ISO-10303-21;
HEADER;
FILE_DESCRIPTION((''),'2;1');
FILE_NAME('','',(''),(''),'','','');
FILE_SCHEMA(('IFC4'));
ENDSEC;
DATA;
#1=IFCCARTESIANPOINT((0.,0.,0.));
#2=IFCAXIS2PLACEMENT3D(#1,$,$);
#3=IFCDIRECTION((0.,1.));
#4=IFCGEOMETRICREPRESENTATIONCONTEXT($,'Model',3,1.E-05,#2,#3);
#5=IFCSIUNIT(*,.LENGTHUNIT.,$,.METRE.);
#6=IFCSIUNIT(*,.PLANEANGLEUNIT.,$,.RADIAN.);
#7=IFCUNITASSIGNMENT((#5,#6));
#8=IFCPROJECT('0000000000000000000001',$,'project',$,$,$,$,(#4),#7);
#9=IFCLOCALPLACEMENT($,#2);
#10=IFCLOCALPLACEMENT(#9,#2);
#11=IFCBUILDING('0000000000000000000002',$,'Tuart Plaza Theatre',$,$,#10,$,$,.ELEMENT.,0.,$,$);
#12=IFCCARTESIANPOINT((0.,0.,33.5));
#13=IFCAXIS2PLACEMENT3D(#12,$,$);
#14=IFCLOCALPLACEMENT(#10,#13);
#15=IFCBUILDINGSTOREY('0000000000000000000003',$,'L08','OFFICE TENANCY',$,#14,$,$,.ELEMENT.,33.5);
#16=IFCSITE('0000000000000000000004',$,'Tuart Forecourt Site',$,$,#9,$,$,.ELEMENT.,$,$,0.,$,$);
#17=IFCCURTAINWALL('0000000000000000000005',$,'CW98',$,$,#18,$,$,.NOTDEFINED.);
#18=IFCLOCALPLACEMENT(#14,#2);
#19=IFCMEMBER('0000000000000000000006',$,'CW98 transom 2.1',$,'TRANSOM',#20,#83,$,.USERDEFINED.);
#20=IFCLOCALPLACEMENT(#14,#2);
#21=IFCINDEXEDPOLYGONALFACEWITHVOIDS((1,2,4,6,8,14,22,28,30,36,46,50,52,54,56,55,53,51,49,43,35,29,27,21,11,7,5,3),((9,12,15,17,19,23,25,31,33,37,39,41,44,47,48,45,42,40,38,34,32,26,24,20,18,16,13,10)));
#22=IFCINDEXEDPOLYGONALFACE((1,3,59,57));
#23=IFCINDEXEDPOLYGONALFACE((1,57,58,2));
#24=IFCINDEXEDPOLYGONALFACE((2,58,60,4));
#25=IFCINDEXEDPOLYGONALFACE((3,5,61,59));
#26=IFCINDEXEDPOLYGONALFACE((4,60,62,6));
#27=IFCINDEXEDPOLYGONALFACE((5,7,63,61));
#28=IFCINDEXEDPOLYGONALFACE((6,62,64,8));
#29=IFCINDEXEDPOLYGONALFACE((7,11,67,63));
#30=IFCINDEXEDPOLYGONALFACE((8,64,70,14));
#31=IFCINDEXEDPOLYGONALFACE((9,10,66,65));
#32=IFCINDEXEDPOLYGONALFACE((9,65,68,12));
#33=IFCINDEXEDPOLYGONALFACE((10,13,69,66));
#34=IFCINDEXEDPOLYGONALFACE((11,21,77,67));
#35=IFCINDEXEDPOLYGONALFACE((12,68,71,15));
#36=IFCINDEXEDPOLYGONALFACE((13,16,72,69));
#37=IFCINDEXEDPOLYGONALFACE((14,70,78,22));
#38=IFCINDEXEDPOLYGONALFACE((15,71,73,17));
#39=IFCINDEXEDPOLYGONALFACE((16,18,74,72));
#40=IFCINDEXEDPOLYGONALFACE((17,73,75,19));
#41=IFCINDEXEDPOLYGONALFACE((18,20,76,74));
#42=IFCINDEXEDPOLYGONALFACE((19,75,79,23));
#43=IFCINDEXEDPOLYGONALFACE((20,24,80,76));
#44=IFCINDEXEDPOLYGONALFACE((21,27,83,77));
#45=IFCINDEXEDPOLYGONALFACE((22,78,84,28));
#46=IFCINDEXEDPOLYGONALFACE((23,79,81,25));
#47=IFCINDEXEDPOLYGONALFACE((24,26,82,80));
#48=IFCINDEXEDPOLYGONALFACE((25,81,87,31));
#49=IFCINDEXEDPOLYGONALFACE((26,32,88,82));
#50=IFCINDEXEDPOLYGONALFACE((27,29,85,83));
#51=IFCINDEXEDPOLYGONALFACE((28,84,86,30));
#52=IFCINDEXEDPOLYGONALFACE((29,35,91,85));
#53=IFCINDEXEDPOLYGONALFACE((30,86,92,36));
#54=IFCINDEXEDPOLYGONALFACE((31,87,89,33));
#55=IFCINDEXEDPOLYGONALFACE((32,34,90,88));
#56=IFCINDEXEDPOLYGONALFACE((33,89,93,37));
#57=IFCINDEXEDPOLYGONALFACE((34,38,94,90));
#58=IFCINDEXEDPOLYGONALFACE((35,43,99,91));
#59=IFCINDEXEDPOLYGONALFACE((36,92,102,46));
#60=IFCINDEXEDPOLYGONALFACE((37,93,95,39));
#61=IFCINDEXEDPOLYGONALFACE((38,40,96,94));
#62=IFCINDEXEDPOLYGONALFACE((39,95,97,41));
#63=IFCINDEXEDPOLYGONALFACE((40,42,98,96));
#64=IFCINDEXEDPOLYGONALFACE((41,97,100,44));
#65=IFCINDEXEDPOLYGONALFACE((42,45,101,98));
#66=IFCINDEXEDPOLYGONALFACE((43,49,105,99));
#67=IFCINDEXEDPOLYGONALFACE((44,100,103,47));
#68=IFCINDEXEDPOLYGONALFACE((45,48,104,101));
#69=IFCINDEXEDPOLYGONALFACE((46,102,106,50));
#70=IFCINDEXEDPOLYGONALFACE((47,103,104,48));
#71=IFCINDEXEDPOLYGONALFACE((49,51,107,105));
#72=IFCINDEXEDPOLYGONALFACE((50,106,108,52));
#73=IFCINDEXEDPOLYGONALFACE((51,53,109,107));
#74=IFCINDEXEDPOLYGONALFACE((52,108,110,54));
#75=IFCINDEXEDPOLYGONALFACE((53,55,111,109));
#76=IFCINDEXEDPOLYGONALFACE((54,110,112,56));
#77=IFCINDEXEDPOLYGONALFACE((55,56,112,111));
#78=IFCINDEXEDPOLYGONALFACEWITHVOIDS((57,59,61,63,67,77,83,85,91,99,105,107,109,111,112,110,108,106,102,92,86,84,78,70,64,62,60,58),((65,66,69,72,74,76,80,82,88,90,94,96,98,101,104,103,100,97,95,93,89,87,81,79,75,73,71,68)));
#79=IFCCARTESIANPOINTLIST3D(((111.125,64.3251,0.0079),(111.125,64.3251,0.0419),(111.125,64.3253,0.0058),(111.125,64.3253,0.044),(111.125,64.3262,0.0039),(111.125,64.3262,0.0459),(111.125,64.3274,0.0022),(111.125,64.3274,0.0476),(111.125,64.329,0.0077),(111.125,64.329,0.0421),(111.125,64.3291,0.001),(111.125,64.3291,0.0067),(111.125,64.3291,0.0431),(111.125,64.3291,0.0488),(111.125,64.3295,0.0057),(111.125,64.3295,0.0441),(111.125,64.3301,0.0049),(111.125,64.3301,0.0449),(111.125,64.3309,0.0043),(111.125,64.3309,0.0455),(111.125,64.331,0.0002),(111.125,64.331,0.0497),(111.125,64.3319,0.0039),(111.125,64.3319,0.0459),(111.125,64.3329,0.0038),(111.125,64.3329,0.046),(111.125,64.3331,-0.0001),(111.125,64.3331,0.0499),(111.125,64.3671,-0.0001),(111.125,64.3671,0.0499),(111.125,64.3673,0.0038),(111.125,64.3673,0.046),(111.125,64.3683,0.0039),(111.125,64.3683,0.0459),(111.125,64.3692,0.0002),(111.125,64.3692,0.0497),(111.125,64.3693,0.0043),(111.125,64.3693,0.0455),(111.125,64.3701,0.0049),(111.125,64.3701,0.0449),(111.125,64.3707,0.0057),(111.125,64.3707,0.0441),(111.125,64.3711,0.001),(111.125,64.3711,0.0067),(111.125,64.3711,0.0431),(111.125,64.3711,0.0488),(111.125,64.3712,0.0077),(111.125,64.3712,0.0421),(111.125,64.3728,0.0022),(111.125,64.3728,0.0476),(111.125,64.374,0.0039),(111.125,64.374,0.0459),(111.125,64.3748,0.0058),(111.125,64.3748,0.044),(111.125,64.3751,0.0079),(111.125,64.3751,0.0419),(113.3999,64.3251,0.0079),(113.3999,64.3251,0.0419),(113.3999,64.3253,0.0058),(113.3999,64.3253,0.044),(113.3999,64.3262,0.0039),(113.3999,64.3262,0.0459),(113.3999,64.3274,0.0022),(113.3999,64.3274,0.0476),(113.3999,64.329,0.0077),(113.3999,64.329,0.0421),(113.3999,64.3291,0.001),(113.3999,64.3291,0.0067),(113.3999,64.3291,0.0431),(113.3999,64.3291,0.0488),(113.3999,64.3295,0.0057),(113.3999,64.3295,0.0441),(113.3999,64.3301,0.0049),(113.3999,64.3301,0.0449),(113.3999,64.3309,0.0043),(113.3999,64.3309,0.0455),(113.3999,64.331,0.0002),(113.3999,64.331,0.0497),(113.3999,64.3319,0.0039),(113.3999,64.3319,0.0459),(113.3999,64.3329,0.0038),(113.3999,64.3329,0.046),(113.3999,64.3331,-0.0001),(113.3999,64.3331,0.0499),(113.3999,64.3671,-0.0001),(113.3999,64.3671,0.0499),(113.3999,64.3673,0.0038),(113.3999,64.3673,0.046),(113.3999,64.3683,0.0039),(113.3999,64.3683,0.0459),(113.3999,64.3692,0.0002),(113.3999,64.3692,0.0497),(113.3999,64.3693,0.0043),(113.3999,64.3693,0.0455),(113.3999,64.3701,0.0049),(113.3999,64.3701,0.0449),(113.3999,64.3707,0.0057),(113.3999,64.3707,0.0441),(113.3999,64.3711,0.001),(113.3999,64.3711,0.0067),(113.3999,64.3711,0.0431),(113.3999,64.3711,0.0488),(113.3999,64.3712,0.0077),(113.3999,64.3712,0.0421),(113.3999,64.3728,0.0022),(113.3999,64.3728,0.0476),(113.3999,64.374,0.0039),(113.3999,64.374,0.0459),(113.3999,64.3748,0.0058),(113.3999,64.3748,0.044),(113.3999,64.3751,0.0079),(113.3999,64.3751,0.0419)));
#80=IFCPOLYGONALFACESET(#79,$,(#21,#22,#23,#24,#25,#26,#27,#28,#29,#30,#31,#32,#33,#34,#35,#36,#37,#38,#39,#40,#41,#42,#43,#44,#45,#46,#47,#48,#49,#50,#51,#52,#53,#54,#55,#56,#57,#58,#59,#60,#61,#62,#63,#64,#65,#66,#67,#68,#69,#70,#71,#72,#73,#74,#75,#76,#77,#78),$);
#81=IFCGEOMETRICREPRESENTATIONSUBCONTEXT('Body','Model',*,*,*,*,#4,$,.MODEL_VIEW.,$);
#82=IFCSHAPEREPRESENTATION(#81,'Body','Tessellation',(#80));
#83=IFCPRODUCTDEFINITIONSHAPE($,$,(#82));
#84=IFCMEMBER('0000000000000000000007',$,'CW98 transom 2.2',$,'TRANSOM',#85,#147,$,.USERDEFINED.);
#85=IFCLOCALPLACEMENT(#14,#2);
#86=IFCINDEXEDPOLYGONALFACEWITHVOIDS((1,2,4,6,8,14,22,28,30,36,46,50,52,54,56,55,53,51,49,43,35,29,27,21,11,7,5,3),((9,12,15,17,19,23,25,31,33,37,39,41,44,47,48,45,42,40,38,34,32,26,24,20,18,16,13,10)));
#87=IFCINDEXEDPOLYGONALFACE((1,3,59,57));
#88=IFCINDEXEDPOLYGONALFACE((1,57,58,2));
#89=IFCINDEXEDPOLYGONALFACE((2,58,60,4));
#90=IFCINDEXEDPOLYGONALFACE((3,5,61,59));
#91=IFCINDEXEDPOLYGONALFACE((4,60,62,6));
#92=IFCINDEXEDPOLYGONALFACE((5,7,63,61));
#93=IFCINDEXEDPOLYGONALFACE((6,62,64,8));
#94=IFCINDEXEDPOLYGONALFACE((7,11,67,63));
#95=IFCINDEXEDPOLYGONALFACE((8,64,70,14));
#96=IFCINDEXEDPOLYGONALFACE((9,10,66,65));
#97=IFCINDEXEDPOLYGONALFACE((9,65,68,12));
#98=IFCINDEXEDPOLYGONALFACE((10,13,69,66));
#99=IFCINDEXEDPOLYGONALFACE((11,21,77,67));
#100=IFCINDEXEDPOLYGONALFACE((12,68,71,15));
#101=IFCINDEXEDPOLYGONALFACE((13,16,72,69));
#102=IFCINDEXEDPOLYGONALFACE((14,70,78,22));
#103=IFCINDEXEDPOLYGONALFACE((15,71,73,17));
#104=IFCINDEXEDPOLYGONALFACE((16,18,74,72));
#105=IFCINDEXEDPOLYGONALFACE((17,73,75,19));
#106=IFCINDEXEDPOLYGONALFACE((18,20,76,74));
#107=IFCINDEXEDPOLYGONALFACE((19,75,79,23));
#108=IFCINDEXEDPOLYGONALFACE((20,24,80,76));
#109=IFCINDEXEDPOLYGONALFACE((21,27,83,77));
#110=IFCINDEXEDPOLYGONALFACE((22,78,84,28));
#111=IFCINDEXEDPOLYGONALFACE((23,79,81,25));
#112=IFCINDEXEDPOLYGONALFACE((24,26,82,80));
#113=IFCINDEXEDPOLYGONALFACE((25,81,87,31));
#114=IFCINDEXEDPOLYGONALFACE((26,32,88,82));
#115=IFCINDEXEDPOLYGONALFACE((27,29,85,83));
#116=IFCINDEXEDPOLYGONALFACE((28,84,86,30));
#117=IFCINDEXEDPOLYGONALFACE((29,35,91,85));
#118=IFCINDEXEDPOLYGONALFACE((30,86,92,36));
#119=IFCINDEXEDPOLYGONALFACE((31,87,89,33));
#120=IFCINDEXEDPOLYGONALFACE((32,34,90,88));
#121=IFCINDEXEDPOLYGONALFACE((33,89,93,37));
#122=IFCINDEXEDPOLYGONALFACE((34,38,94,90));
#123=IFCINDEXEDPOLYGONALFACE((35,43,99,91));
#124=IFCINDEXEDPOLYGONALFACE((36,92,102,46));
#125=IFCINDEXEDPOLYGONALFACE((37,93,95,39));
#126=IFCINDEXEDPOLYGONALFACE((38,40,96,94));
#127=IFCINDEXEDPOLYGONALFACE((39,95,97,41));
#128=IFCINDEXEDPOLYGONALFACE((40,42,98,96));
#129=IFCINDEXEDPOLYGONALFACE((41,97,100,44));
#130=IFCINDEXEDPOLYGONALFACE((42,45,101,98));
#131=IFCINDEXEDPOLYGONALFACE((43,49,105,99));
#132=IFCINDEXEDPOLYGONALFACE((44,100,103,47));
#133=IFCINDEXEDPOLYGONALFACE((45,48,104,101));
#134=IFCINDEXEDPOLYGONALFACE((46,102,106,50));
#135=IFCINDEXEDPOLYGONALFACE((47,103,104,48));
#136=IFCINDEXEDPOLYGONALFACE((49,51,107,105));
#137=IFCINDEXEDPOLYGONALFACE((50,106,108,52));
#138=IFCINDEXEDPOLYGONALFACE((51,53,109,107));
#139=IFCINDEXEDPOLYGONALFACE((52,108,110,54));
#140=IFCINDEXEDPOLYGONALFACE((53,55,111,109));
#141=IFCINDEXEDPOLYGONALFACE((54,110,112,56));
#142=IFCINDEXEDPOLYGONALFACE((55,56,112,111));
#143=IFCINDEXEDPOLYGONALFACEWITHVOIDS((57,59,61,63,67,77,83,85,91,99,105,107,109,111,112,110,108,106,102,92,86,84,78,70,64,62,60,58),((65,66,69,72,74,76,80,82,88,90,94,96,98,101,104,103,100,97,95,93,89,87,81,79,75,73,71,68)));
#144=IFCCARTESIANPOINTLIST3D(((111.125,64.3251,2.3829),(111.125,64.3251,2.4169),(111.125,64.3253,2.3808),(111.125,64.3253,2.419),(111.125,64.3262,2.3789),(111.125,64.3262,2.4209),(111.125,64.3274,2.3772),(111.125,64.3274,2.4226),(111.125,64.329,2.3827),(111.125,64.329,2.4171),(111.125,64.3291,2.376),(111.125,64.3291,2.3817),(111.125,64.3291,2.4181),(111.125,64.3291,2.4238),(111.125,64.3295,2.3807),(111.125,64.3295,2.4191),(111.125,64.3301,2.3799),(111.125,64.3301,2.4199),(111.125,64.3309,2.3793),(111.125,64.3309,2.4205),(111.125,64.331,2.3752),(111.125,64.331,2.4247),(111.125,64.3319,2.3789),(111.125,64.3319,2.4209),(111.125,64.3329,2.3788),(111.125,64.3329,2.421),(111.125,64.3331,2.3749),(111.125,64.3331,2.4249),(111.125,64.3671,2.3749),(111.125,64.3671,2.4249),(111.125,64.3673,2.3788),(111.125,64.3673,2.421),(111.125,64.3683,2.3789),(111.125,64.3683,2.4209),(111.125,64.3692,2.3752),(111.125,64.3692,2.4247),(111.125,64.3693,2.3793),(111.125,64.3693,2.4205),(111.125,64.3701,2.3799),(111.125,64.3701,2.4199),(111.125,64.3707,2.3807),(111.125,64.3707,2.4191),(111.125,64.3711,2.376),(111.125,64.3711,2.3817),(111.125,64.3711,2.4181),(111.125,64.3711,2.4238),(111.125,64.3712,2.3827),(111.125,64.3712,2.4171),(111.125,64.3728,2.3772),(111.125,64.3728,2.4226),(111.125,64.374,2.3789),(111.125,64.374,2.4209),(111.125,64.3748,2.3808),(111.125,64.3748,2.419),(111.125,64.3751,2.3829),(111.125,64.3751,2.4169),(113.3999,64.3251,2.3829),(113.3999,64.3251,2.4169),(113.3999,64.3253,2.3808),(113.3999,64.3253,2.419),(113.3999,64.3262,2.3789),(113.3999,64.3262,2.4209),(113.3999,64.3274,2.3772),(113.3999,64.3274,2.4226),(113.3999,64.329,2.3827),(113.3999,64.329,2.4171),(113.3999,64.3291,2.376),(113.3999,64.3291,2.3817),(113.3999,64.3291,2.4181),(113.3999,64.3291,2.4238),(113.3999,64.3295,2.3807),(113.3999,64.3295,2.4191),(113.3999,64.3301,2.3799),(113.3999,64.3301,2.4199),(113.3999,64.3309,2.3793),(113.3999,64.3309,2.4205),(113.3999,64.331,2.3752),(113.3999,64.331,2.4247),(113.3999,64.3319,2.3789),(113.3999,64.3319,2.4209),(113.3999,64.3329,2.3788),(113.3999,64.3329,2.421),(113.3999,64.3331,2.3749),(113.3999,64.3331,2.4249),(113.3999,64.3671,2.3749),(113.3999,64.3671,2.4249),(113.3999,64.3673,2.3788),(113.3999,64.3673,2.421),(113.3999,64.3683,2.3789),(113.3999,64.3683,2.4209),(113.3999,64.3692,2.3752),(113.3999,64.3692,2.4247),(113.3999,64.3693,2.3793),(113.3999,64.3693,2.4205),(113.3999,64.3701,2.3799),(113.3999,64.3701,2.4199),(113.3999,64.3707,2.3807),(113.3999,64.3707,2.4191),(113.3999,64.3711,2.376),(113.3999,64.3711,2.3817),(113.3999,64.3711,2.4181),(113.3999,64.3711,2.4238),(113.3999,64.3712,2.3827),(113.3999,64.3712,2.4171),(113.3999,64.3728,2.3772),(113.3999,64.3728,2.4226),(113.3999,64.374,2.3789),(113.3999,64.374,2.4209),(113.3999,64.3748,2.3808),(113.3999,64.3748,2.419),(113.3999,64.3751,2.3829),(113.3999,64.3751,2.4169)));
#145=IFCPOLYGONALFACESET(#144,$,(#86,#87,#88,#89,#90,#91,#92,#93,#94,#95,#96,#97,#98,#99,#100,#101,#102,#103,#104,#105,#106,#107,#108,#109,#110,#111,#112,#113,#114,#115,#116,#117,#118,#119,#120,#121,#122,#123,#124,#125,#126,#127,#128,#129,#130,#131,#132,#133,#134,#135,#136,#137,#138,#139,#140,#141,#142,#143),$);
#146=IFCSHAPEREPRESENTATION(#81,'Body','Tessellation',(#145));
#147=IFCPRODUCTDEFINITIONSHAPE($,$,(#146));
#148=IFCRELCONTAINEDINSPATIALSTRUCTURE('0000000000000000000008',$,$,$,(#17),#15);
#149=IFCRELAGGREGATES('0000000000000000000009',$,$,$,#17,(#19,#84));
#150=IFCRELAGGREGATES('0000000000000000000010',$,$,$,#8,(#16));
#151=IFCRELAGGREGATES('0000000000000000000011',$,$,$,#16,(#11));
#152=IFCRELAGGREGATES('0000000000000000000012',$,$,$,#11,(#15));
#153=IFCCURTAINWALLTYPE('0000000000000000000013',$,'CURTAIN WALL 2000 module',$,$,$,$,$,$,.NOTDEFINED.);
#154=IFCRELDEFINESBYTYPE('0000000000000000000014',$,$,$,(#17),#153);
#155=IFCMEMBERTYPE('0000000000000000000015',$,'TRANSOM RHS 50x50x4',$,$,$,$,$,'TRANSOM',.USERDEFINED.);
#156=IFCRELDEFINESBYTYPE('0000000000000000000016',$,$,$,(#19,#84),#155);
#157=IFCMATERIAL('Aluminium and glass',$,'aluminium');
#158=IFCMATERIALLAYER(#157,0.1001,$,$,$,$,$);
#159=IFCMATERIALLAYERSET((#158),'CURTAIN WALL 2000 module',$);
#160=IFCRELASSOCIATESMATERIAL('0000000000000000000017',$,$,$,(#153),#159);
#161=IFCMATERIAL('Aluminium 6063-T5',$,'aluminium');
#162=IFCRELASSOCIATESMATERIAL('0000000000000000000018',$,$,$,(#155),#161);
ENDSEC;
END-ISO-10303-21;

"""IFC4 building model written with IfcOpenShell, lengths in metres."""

from ifc_helpers import new_model, si_unit, direction, frame, origin, origin_2d, place, context, subcontext, project, spatial, hollow_rectangle, extrude, material, layer, layer_set, material_profile, profile_set, type_object, element, aggregate, save


model = new_model("IFC4")

# Units and contexts
model_context = context("Model", 3, precision=1e-05, world=origin(), true_north=direction((0.0, 1.0)))
body_context = subcontext(model_context, "Body", "Model", "MODEL_VIEW")
ifc_project = project(units=[si_unit("LENGTHUNIT", "METRE"), si_unit("PLANEANGLEUNIT", "RADIAN")], contexts=[model_context])

# Site, building, storey
site_placement = place(None, origin())
site = spatial("IfcSite", under=ifc_project, at=site_placement, Name="Tuart Forecourt Site", CompositionType="ELEMENT", RefElevation=0.0)
building_placement = place(site_placement, origin())
building = spatial("IfcBuilding", under=site, at=building_placement, Name="Tuart Plaza Theatre", CompositionType="ELEMENT", ElevationOfRefHeight=0.0)
storey_placement = place(building_placement, frame((0.0, 0.0, 33.5)))
storey = spatial("IfcBuildingStorey", under=building, at=storey_placement, Name="L08", Description="OFFICE TENANCY", CompositionType="ELEMENT", Elevation=33.5)

# Curtain wall
ifc_material_1 = material(Name="Aluminium and glass", Category="aluminium")
ifc_layer_1 = layer(ifc_material_1, 0.1001)
ifc_layer_set_1 = layer_set([ifc_layer_1], Name="CURTAIN WALL 2000 module")
curtain_wall_type = type_object("IfcCurtainWallType", Name="CURTAIN WALL 2000 module", PredefinedType="NOTDEFINED", material=ifc_layer_set_1)
curtain_wall_1_placement = place(storey_placement, origin())
curtain_wall_1 = element("IfcCurtainWall", 1, at=curtain_wall_1_placement, inside=storey, type_object=curtain_wall_type, Name="CW98", PredefinedType="NOTDEFINED")

# Members
ifc_material_2 = material(Name="Aluminium 6063-T5", Category="aluminium")
ifc_material_profile_1 = material_profile(ifc_material_2, hollow_rectangle(XDim=0.05, YDim=0.05, WallThickness=0.0039, InnerFilletRadius=0.0039, OuterFilletRadius=0.0081, at=origin_2d()), Name="RHS 50x50x4")
ifc_profile_set_1 = profile_set([ifc_material_profile_1], Name="Aluminium 6063-T5")
member_type_1 = type_object("IfcMemberType", Name="TRANSOM RHS 50x50x4", ElementType="TRANSOM", PredefinedType="USERDEFINED", material=ifc_profile_set_1)
member_1_placement = place(storey_placement, frame((111.125, 64.3501, 0.0249), z_axis=(1.0, 0.0, 0.0), x_axis=(0.0, 1.0, 0.0)))
member_1 = element("IfcMember", 2, at=member_1_placement, type_object=member_type_1, Name="CW98 transom 2.1", ObjectType="TRANSOM", PredefinedType="USERDEFINED", context=body_context, shape_type="SweptSolid", body=[
    extrude(hollow_rectangle(XDim=0.05, YDim=0.05, WallThickness=0.0039, InnerFilletRadius=0.0039, OuterFilletRadius=0.0081, at=origin_2d()), origin(), (0.0, 0.0, 1.0), 2.2749),
])
member_2_placement = place(storey_placement, frame((111.125, 64.3501, 2.3999), z_axis=(1.0, 0.0, 0.0), x_axis=(0.0, 1.0, 0.0)))
member_2 = element("IfcMember", 3, at=member_2_placement, type_object=member_type_1, Name="CW98 transom 2.2", ObjectType="TRANSOM", PredefinedType="USERDEFINED", context=body_context, shape_type="SweptSolid", body=[
    extrude(hollow_rectangle(XDim=0.05, YDim=0.05, WallThickness=0.0039, InnerFilletRadius=0.0039, OuterFilletRadius=0.0081, at=origin_2d()), origin(), (0.0, 0.0, 1.0), 2.2749),
])

aggregate(curtain_wall_1, [member_1, member_2])

save(model, "model.ifc")
